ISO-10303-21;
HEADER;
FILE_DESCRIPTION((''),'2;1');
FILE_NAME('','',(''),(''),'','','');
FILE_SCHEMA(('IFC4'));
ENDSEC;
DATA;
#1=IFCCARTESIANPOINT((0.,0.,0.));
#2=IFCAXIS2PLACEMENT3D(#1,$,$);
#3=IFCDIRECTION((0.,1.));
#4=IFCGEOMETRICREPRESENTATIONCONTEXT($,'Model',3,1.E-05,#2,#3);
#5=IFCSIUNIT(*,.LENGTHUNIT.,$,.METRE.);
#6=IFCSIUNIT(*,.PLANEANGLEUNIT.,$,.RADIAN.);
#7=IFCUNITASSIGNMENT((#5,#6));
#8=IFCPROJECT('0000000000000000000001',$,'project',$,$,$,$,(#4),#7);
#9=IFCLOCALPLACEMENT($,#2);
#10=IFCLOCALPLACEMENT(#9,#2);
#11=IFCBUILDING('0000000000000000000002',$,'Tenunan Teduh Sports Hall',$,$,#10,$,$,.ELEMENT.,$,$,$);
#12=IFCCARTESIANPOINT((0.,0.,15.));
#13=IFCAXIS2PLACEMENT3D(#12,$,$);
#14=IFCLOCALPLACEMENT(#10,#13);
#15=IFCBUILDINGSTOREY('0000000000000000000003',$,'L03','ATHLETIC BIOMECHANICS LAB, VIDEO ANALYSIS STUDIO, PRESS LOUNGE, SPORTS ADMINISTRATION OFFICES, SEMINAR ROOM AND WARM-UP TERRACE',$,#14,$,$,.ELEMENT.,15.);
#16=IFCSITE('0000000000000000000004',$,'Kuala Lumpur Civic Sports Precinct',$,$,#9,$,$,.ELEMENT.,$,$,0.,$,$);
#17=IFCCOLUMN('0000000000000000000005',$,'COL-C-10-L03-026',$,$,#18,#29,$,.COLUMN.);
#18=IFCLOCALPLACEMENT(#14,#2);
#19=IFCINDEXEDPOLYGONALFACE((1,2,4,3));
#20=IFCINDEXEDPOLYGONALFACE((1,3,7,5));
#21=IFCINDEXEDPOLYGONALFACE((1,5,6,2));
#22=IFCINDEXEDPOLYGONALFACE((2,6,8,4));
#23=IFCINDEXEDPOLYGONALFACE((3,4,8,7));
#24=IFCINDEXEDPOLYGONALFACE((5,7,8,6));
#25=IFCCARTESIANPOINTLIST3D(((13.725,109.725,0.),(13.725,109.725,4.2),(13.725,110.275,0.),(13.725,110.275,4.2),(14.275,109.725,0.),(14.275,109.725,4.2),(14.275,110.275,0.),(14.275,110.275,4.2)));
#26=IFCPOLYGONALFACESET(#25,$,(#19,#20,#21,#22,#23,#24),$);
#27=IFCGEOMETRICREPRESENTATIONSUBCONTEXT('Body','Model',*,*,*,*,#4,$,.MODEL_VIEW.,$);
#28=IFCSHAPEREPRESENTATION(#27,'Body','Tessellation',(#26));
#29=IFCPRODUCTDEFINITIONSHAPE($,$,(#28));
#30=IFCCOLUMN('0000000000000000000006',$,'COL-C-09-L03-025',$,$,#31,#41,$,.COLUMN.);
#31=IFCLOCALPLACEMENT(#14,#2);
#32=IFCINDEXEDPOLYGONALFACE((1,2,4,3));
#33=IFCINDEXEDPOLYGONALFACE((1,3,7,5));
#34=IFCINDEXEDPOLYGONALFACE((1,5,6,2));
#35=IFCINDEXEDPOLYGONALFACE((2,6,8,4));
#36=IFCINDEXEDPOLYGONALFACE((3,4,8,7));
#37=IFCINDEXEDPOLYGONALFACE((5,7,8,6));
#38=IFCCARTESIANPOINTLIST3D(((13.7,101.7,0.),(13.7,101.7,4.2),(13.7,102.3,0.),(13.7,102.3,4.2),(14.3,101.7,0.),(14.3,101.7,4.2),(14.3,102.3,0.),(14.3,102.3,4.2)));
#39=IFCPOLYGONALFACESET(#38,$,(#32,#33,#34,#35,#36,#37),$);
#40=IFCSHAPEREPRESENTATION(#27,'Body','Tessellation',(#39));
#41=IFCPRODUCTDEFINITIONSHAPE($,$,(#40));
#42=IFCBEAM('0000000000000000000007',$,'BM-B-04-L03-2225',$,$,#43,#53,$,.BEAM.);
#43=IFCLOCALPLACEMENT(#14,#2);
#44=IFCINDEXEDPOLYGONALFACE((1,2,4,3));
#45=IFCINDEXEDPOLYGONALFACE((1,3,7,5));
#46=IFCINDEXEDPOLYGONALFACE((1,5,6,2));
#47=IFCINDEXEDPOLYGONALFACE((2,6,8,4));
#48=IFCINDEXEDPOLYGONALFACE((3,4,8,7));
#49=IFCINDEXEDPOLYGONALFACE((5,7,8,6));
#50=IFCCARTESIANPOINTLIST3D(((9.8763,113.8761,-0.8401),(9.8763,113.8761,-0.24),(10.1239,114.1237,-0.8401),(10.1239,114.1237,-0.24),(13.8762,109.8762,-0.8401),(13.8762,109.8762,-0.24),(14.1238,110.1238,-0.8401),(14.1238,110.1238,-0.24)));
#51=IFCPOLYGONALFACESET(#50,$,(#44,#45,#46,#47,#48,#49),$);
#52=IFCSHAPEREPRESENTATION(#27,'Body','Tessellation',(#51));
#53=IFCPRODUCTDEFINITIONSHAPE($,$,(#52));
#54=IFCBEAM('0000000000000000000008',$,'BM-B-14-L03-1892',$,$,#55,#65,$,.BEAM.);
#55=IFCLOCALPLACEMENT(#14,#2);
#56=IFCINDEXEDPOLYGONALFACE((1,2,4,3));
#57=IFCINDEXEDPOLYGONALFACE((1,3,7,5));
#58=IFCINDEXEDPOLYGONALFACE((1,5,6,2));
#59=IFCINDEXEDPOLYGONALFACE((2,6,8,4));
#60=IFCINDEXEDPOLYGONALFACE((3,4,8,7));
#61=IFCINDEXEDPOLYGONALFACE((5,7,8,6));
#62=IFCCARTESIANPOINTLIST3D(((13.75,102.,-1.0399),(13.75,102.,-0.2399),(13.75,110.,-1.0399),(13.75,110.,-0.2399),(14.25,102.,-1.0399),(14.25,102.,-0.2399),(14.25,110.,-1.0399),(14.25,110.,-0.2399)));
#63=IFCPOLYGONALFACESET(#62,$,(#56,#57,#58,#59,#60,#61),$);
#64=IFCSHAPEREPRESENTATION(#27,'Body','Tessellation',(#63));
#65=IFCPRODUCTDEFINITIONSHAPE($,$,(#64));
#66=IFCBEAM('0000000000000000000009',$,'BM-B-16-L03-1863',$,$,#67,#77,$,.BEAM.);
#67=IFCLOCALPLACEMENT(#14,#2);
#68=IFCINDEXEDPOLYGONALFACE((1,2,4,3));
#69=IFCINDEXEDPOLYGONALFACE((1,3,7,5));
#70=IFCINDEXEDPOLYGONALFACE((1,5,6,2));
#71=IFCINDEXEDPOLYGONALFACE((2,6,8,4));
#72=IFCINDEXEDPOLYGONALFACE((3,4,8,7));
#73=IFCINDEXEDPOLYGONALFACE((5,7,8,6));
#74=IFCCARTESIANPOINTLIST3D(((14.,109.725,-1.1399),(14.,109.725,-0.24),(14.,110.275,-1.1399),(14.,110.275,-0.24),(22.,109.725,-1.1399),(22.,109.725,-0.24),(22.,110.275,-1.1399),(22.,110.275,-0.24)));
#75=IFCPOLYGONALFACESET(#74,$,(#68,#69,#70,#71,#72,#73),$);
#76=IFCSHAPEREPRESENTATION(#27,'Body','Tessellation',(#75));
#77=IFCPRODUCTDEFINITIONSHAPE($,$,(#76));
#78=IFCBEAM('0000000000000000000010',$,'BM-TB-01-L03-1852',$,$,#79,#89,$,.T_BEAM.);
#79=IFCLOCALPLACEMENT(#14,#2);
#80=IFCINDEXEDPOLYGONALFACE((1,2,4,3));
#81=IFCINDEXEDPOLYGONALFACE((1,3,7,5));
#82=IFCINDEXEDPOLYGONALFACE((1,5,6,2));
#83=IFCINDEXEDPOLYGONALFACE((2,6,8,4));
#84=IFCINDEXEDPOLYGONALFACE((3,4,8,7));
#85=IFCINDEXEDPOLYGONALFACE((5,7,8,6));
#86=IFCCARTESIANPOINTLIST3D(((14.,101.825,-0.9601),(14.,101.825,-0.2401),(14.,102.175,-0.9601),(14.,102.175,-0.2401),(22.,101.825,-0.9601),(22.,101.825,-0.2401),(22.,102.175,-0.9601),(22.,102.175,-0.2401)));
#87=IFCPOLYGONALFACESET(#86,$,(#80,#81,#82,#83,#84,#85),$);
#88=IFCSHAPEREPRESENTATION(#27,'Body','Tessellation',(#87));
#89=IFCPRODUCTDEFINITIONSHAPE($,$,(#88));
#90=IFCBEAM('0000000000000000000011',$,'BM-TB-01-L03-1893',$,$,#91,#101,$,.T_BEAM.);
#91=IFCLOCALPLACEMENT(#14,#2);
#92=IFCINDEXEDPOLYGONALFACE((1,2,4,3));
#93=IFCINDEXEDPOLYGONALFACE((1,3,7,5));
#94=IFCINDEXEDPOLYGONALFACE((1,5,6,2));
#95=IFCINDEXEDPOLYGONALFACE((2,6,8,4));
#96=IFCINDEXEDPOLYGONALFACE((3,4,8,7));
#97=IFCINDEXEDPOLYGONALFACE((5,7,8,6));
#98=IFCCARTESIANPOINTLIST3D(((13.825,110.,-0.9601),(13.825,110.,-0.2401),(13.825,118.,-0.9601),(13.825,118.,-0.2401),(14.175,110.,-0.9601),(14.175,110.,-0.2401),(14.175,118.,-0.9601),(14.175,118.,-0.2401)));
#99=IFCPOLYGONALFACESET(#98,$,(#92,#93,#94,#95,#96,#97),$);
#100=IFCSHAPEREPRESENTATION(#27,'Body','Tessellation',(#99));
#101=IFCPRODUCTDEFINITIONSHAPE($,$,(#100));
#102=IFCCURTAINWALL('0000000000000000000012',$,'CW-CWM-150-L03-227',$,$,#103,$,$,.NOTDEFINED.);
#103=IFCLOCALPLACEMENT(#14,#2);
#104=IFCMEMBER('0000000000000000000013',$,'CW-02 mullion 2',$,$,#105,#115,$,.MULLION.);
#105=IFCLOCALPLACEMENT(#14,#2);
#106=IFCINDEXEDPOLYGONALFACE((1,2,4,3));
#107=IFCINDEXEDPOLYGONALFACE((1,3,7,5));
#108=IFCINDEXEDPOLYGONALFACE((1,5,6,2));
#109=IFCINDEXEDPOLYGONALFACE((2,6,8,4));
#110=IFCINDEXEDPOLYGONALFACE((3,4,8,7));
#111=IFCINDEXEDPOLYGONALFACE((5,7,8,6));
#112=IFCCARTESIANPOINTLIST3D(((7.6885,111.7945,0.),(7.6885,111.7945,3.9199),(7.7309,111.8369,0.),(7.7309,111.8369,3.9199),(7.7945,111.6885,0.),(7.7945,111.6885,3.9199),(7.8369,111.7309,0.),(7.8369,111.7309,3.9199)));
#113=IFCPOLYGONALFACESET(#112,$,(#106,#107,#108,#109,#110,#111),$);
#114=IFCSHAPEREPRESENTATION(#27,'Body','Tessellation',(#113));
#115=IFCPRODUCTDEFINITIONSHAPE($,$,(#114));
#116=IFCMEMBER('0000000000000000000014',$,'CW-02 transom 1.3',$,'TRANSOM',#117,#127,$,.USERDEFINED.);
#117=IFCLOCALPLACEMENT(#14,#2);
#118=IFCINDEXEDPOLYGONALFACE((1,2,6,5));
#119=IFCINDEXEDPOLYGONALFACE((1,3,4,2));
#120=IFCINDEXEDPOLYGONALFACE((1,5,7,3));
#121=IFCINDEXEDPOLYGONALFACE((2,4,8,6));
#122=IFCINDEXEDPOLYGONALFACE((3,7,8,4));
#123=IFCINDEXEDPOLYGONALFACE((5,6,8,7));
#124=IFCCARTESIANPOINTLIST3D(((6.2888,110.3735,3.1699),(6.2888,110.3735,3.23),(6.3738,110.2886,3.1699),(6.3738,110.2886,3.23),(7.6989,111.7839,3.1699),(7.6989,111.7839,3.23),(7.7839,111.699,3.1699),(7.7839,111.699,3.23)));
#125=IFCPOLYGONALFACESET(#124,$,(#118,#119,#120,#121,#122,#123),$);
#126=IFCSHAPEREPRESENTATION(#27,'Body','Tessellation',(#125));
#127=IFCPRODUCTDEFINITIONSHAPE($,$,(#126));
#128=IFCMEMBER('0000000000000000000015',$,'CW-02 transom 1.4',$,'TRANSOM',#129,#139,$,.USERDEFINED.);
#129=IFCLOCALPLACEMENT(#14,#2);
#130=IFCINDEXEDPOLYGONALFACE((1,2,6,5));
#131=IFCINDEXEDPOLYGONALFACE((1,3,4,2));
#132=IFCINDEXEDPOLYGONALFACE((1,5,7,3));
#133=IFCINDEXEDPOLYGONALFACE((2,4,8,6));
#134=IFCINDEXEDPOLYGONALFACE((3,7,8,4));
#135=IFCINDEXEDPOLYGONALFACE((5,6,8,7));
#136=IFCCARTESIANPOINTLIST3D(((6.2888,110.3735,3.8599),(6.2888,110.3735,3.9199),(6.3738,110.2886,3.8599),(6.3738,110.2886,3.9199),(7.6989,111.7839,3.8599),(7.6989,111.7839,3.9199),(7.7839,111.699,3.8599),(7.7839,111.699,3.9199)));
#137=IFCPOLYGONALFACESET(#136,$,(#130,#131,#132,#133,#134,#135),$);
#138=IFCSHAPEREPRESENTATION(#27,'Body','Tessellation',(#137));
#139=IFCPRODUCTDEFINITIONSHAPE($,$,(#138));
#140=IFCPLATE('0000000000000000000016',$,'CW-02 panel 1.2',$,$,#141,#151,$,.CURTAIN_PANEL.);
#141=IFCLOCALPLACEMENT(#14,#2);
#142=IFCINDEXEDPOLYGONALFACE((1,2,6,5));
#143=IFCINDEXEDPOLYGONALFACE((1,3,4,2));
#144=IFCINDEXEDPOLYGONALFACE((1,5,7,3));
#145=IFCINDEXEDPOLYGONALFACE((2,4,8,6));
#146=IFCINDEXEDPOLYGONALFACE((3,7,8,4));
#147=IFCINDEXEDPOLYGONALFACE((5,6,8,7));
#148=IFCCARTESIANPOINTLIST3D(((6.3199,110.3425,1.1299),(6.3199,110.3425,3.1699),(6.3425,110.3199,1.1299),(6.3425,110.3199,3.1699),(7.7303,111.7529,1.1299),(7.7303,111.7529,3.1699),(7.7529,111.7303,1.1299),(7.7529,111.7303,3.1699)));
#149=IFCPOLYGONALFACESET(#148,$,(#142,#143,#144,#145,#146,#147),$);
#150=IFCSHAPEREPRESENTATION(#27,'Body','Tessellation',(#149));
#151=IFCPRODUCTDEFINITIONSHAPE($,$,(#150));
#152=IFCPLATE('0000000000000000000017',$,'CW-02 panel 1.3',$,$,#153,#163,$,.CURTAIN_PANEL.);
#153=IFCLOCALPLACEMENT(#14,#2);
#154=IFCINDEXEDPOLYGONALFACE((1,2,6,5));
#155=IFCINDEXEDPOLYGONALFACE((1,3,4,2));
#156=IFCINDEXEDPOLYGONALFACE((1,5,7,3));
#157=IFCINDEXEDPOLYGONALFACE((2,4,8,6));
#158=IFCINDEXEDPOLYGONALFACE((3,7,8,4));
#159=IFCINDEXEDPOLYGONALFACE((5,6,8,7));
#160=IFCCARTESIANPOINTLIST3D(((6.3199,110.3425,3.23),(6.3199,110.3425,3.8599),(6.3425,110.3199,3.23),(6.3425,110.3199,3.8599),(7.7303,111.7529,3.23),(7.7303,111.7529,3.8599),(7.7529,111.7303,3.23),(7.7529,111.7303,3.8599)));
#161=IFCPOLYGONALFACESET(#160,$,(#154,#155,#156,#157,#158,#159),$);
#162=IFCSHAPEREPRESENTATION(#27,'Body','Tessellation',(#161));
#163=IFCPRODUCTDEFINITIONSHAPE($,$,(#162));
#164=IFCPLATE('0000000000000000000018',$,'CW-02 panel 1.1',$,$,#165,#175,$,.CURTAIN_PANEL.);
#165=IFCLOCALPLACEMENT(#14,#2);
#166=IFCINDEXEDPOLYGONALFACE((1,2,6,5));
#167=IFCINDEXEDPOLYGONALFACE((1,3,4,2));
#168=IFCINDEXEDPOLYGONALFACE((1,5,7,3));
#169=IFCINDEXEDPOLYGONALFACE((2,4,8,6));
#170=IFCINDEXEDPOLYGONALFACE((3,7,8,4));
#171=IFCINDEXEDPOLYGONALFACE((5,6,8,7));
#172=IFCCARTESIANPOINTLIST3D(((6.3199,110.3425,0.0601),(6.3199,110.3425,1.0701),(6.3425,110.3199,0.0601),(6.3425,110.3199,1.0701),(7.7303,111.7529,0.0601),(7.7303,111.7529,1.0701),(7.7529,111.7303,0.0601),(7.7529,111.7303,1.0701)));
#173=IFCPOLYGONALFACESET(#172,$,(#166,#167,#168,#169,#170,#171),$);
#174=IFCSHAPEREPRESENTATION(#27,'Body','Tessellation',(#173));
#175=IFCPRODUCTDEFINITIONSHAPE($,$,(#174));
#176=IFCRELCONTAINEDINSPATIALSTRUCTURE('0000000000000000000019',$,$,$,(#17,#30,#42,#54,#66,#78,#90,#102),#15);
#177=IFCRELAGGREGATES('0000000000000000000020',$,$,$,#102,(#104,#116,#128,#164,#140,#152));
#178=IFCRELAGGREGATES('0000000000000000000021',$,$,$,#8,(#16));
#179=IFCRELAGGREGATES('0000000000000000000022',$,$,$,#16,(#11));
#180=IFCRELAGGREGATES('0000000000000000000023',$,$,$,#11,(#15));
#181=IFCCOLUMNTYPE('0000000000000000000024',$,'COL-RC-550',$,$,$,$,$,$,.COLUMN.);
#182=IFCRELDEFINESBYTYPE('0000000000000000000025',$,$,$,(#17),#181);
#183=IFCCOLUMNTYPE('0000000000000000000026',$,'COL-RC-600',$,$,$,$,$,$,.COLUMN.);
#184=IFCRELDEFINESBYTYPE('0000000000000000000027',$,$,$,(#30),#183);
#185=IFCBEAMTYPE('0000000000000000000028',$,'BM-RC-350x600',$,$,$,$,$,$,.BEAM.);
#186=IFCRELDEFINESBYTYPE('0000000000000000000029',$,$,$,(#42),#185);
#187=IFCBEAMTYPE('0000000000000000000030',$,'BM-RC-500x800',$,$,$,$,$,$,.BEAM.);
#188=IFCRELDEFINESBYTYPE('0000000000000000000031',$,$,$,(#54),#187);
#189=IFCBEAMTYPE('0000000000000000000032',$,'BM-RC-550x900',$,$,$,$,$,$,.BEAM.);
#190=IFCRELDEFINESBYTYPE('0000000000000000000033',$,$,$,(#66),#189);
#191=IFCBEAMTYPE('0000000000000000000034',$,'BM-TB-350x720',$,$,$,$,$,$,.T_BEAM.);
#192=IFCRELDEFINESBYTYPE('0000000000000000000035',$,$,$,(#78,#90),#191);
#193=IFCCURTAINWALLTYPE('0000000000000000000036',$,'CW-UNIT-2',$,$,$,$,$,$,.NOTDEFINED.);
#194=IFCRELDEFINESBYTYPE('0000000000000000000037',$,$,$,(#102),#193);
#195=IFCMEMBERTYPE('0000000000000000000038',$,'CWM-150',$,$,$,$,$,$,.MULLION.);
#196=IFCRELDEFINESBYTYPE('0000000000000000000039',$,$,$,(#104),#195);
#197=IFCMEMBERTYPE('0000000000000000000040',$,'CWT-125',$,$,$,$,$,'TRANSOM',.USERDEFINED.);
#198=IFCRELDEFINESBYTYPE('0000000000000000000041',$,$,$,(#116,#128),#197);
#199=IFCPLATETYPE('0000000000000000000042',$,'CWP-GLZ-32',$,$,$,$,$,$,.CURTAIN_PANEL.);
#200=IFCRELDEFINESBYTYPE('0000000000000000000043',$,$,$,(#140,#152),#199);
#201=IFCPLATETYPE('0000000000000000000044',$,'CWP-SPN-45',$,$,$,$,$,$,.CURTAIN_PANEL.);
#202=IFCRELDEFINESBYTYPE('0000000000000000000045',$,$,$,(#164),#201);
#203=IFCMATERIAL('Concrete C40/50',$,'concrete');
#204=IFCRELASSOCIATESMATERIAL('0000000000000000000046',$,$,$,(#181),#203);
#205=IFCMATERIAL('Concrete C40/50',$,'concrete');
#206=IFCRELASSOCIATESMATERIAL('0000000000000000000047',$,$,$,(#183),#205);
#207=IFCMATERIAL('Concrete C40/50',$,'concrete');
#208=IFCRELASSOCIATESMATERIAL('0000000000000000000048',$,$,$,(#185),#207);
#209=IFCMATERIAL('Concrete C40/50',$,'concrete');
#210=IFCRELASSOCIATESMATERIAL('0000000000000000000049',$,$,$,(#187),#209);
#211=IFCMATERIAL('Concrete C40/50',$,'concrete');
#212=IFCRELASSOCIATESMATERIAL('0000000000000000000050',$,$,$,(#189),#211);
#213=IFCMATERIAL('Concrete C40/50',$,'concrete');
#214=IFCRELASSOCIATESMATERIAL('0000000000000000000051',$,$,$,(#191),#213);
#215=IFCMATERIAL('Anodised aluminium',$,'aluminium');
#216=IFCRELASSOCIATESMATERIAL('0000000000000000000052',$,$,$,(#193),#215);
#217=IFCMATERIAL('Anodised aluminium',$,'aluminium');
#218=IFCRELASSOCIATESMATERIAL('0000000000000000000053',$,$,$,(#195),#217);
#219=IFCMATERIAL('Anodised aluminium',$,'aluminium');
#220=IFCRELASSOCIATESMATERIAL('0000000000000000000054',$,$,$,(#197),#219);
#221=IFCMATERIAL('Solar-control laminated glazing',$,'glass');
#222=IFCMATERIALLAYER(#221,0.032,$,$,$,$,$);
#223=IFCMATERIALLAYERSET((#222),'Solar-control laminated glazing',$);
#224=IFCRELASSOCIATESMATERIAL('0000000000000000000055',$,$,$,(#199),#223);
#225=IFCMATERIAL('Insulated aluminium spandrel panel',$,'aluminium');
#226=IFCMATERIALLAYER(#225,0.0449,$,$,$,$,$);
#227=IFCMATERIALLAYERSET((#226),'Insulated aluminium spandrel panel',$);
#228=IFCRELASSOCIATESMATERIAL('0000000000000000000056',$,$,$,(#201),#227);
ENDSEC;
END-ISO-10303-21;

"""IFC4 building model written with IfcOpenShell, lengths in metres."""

from ifc_helpers import new_model, si_unit, direction, frame, origin, origin_2d, place, context, subcontext, project, spatial, rectangle, extrude, material, layer, layer_set, material_profile, profile_set, type_object, element, aggregate, save


model = new_model("IFC4")

# Units and contexts
model_context = context("Model", 3, precision=1e-05, world=origin(), true_north=direction((0.0, 1.0)))
body_context = subcontext(model_context, "Body", "Model", "MODEL_VIEW")
ifc_project = project(units=[si_unit("LENGTHUNIT", "METRE"), si_unit("PLANEANGLEUNIT", "RADIAN")], contexts=[model_context])

# Site, building, storey
site_placement = place(None, origin())
site = spatial("IfcSite", under=ifc_project, at=site_placement, Name="Kuala Lumpur Civic Sports Precinct", CompositionType="ELEMENT", RefElevation=0.0)
building_placement = place(site_placement, origin())
building = spatial("IfcBuilding", under=site, at=building_placement, Name="Tenunan Teduh Sports Hall", CompositionType="ELEMENT")
storey_placement = place(building_placement, frame((0.0, 0.0, 15.0)))
storey = spatial("IfcBuildingStorey", under=building, at=storey_placement, Name="L03", Description="ATHLETIC BIOMECHANICS LAB, VIDEO ANALYSIS STUDIO, PRESS LOUNGE, SPORTS ADMINISTRATION OFFICES, SEMINAR ROOM AND WARM-UP TERRACE", CompositionType="ELEMENT", Elevation=15.0)

# Columns
ifc_material_1 = material(Name="Concrete C40/50", Category="concrete")
ifc_material_profile_1 = material_profile(ifc_material_1, rectangle(XDim=0.55, YDim=0.55, at=origin_2d()), Name="RC 550x550")
ifc_profile_set_1 = profile_set([ifc_material_profile_1], Name="Concrete C40/50")
column_type_1 = type_object("IfcColumnType", Name="COL-RC-550", PredefinedType="COLUMN", material=ifc_profile_set_1)
column_1_placement = place(storey_placement, frame((14.0, 110.0, 0.0), z_axis=(0.0, 0.0, 1.0), x_axis=(1.0, 0.0, 0.0)))
element("IfcColumn", 1, at=column_1_placement, inside=storey, type_object=column_type_1, Name="COL-C-10-L03-026", PredefinedType="COLUMN", context=body_context, shape_type="SweptSolid", body=[
    extrude(rectangle(XDim=0.55, YDim=0.55, at=origin_2d()), origin(), (0.0, 0.0, 1.0), 4.2),
])
ifc_material_2 = material(Name="Concrete C40/50", Category="concrete")
ifc_material_profile_2 = material_profile(ifc_material_2, rectangle(XDim=0.6001, YDim=0.6001, at=origin_2d()), Name="RC 600x600")
ifc_profile_set_2 = profile_set([ifc_material_profile_2], Name="Concrete C40/50")
column_type_2 = type_object("IfcColumnType", Name="COL-RC-600", PredefinedType="COLUMN", material=ifc_profile_set_2)
column_2_placement = place(storey_placement, frame((14.0, 102.0, 0.0), z_axis=(0.0, 0.0, 1.0), x_axis=(1.0, 0.0, 0.0)))
element("IfcColumn", 2, at=column_2_placement, inside=storey, type_object=column_type_2, Name="COL-C-09-L03-025", PredefinedType="COLUMN", context=body_context, shape_type="SweptSolid", body=[
    extrude(rectangle(XDim=0.6001, YDim=0.6001, at=origin_2d()), origin(), (0.0, 0.0, 1.0), 4.2),
])

# Beams
ifc_material_3 = material(Name="Concrete C40/50", Category="concrete")
ifc_material_profile_3 = material_profile(ifc_material_3, rectangle(XDim=0.3501, YDim=0.6001, at=origin_2d()), Name="RCB 350x600")
ifc_profile_set_3 = profile_set([ifc_material_profile_3], Name="Concrete C40/50")
beam_type_1 = type_object("IfcBeamType", Name="BM-RC-350x600", PredefinedType="BEAM", material=ifc_profile_set_3)
beam_1_placement = place(storey_placement, frame((14.0, 110.0, -0.54), z_axis=(-0.707107, 0.707107, 0.0), x_axis=(-0.707107, -0.707107, 0.0)))
element("IfcBeam", 3, at=beam_1_placement, inside=storey, type_object=beam_type_1, Name="BM-B-04-L03-2225", PredefinedType="BEAM", context=body_context, shape_type="SweptSolid", body=[
    extrude(rectangle(XDim=0.3501, YDim=0.6001, at=origin_2d()), origin(), (0.0, 0.0, 1.0), 5.6567),
])
ifc_material_4 = material(Name="Concrete C40/50", Category="concrete")
ifc_material_profile_4 = material_profile(ifc_material_4, rectangle(XDim=0.5, YDim=0.8, at=origin_2d()), Name="RCB 500x800")
ifc_profile_set_4 = profile_set([ifc_material_profile_4], Name="Concrete C40/50")
beam_type_2 = type_object("IfcBeamType", Name="BM-RC-500x800", PredefinedType="BEAM", material=ifc_profile_set_4)
beam_2_placement = place(storey_placement, frame((14.0, 102.0, -0.6399), z_axis=(0.0, 1.0, 0.0), x_axis=(-1.0, 0.0, 0.0)))
element("IfcBeam", 4, at=beam_2_placement, inside=storey, type_object=beam_type_2, Name="BM-B-14-L03-1892", PredefinedType="BEAM", context=body_context, shape_type="SweptSolid", body=[
    extrude(rectangle(XDim=0.5, YDim=0.8, at=origin_2d()), origin(), (0.0, 0.0, 1.0), 8.0),
])
ifc_material_5 = material(Name="Concrete C40/50", Category="concrete")
ifc_material_profile_5 = material_profile(ifc_material_5, rectangle(XDim=0.55, YDim=0.8999, at=origin_2d()), Name="RCB 550x900")
ifc_profile_set_5 = profile_set([ifc_material_profile_5], Name="Concrete C40/50")
beam_type_3 = type_object("IfcBeamType", Name="BM-RC-550x900", PredefinedType="BEAM", material=ifc_profile_set_5)
beam_3_placement = place(storey_placement, frame((14.0, 110.0, -0.6899), z_axis=(1.0, 0.0, 0.0), x_axis=(0.0, 1.0, 0.0)))
element("IfcBeam", 5, at=beam_3_placement, inside=storey, type_object=beam_type_3, Name="BM-B-16-L03-1863", PredefinedType="BEAM", context=body_context, shape_type="SweptSolid", body=[
    extrude(rectangle(XDim=0.55, YDim=0.8999, at=origin_2d()), origin(), (0.0, 0.0, 1.0), 8.0),
])
ifc_material_6 = material(Name="Concrete C40/50", Category="concrete")
ifc_material_profile_6 = material_profile(ifc_material_6, rectangle(XDim=0.3501, YDim=0.72, at=origin_2d()), Name="TB 350x720")
ifc_profile_set_6 = profile_set([ifc_material_profile_6], Name="Concrete C40/50")
beam_type_4 = type_object("IfcBeamType", Name="BM-TB-350x720", PredefinedType="T_BEAM", material=ifc_profile_set_6)
for number, where, z_axis, x_axis, name in (
    (6, (14.0, 102.0, -0.6001), (1.0, 0.0, 0.0), (0.0, 1.0, 0.0), "BM-TB-01-L03-1852"),
    (7, (14.0, 110.0, -0.6001), (0.0, 1.0, 0.0), (-1.0, 0.0, 0.0), "BM-TB-01-L03-1893"),
):
    element("IfcBeam", number, at=place(storey_placement, frame(where, z_axis=z_axis, x_axis=x_axis)), inside=storey, type_object=beam_type_4, Name=name, PredefinedType="T_BEAM", context=body_context, shape_type="SweptSolid", body=[
        extrude(rectangle(XDim=0.3501, YDim=0.72, at=origin_2d()), origin(), (0.0, 0.0, 1.0), 8.0),
    ])

# Curtain wall, members, plates
ifc_material_7 = material(Name="Anodised aluminium", Category="aluminium")
curtain_wall_type = type_object("IfcCurtainWallType", Name="CW-UNIT-2", PredefinedType="NOTDEFINED", material=ifc_material_7)
curtain_wall_placement = place(storey_placement, origin())
curtain_wall = element("IfcCurtainWall", 8, at=curtain_wall_placement, inside=storey, type_object=curtain_wall_type, Name="CW-CWM-150-L03-227", PredefinedType="NOTDEFINED")
ifc_material_8 = material(Name="Anodised aluminium", Category="aluminium")
ifc_material_profile_7 = material_profile(ifc_material_8, rectangle(XDim=0.0601, YDim=0.1499, at=origin_2d()), Name="CWM 60x150")
ifc_profile_set_7 = profile_set([ifc_material_profile_7], Name="Anodised aluminium")
member_type_1 = type_object("IfcMemberType", Name="CWM-150", PredefinedType="MULLION", material=ifc_profile_set_7)
member_1_placement = place(storey_placement, frame((7.7627, 111.7627, 0.0), z_axis=(0.0, 0.0, 1.0), x_axis=(0.707102, 0.707112, 0.0)))
member_1 = element("IfcMember", 9, at=member_1_placement, type_object=member_type_1, Name="CW-02 mullion 2", PredefinedType="MULLION", context=body_context, shape_type="SweptSolid", body=[
    extrude(rectangle(XDim=0.0601, YDim=0.1499, at=origin_2d()), origin(), (0.0, 0.0, 1.0), 3.9199),
])
ifc_material_9 = material(Name="Anodised aluminium", Category="aluminium")
ifc_material_profile_8 = material_profile(ifc_material_9, rectangle(XDim=0.0601, YDim=0.1201, at=origin_2d()), Name="CWT 60x120")
ifc_profile_set_8 = profile_set([ifc_material_profile_8], Name="Anodised aluminium")
member_type_2 = type_object("IfcMemberType", Name="CWT-125", ElementType="TRANSOM", PredefinedType="USERDEFINED", material=ifc_profile_set_8)
member_2_placement = place(storey_placement, frame((6.3313, 110.3311, 3.2), z_axis=(0.707046, 0.707168, 0.0), x_axis=(0.0, 0.0, 1.0)))
member_2 = element("IfcMember", 10, at=member_2_placement, type_object=member_type_2, Name="CW-02 transom 1.3", ObjectType="TRANSOM", PredefinedType="USERDEFINED", context=body_context, shape_type="SweptSolid", body=[
    extrude(rectangle(XDim=0.0601, YDim=0.1201, at=origin_2d()), origin(), (0.0, 0.0, 1.0), 1.9944),
])
member_3_placement = place(storey_placement, frame((6.3313, 110.3311, 3.8899), z_axis=(0.707046, 0.707168, 0.0), x_axis=(0.0, 0.0, 1.0)))
member_3 = element("IfcMember", 11, at=member_3_placement, type_object=member_type_2, Name="CW-02 transom 1.4", ObjectType="TRANSOM", PredefinedType="USERDEFINED", context=body_context, shape_type="SweptSolid", body=[
    extrude(rectangle(XDim=0.0601, YDim=0.1201, at=origin_2d()), origin(), (0.0, 0.0, 1.0), 1.9944),
])
ifc_material_10 = material(Name="Solar-control laminated glazing", Category="glass")
ifc_layer_1 = layer(ifc_material_10, 0.032)
ifc_layer_set_1 = layer_set([ifc_layer_1], Name="Solar-control laminated glazing")
plate_type_1 = type_object("IfcPlateType", Name="CWP-GLZ-32", PredefinedType="CURTAIN_PANEL", material=ifc_layer_set_1)
plate_1_placement = place(storey_placement, frame((7.0364, 111.0364, 1.1299), z_axis=(0.0, 0.0, 1.0), x_axis=(0.707102, 0.707112, 0.0)))
plate_1 = element("IfcPlate", 12, at=plate_1_placement, type_object=plate_type_1, Name="CW-02 panel 1.2", PredefinedType="CURTAIN_PANEL", context=body_context, shape_type="SweptSolid", body=[
    extrude(rectangle(XDim=1.9946, YDim=0.032, at=origin_2d()), origin(), (0.0, 0.0, 1.0), 2.04),
])
plate_2_placement = place(storey_placement, frame((7.0364, 111.0364, 3.23), z_axis=(0.0, 0.0, 1.0), x_axis=(0.707102, 0.707112, 0.0)))
plate_2 = element("IfcPlate", 13, at=plate_2_placement, type_object=plate_type_1, Name="CW-02 panel 1.3", PredefinedType="CURTAIN_PANEL", context=body_context, shape_type="SweptSolid", body=[
    extrude(rectangle(XDim=1.9946, YDim=0.032, at=origin_2d()), origin(), (0.0, 0.0, 1.0), 0.6299),
])
ifc_material_11 = material(Name="Insulated aluminium spandrel panel", Category="aluminium")
ifc_layer_2 = layer(ifc_material_11, 0.0449)
ifc_layer_set_2 = layer_set([ifc_layer_2], Name="Insulated aluminium spandrel panel")
plate_type_2 = type_object("IfcPlateType", Name="CWP-SPN-45", PredefinedType="CURTAIN_PANEL", material=ifc_layer_set_2)
plate_3_placement = place(storey_placement, frame((7.0364, 111.0364, 0.0601), z_axis=(0.0, 0.0, 1.0), x_axis=(0.707102, 0.707112, 0.0)))
plate_3 = element("IfcPlate", 14, at=plate_3_placement, type_object=plate_type_2, Name="CW-02 panel 1.1", PredefinedType="CURTAIN_PANEL", context=body_context, shape_type="SweptSolid", body=[
    extrude(rectangle(XDim=1.9946, YDim=0.032, at=origin_2d()), origin(), (0.0, 0.0, 1.0), 1.01),
])
aggregate(curtain_wall, [member_1, member_2, member_3, plate_3, plate_1, plate_2])

save(model, "model.ifc")
